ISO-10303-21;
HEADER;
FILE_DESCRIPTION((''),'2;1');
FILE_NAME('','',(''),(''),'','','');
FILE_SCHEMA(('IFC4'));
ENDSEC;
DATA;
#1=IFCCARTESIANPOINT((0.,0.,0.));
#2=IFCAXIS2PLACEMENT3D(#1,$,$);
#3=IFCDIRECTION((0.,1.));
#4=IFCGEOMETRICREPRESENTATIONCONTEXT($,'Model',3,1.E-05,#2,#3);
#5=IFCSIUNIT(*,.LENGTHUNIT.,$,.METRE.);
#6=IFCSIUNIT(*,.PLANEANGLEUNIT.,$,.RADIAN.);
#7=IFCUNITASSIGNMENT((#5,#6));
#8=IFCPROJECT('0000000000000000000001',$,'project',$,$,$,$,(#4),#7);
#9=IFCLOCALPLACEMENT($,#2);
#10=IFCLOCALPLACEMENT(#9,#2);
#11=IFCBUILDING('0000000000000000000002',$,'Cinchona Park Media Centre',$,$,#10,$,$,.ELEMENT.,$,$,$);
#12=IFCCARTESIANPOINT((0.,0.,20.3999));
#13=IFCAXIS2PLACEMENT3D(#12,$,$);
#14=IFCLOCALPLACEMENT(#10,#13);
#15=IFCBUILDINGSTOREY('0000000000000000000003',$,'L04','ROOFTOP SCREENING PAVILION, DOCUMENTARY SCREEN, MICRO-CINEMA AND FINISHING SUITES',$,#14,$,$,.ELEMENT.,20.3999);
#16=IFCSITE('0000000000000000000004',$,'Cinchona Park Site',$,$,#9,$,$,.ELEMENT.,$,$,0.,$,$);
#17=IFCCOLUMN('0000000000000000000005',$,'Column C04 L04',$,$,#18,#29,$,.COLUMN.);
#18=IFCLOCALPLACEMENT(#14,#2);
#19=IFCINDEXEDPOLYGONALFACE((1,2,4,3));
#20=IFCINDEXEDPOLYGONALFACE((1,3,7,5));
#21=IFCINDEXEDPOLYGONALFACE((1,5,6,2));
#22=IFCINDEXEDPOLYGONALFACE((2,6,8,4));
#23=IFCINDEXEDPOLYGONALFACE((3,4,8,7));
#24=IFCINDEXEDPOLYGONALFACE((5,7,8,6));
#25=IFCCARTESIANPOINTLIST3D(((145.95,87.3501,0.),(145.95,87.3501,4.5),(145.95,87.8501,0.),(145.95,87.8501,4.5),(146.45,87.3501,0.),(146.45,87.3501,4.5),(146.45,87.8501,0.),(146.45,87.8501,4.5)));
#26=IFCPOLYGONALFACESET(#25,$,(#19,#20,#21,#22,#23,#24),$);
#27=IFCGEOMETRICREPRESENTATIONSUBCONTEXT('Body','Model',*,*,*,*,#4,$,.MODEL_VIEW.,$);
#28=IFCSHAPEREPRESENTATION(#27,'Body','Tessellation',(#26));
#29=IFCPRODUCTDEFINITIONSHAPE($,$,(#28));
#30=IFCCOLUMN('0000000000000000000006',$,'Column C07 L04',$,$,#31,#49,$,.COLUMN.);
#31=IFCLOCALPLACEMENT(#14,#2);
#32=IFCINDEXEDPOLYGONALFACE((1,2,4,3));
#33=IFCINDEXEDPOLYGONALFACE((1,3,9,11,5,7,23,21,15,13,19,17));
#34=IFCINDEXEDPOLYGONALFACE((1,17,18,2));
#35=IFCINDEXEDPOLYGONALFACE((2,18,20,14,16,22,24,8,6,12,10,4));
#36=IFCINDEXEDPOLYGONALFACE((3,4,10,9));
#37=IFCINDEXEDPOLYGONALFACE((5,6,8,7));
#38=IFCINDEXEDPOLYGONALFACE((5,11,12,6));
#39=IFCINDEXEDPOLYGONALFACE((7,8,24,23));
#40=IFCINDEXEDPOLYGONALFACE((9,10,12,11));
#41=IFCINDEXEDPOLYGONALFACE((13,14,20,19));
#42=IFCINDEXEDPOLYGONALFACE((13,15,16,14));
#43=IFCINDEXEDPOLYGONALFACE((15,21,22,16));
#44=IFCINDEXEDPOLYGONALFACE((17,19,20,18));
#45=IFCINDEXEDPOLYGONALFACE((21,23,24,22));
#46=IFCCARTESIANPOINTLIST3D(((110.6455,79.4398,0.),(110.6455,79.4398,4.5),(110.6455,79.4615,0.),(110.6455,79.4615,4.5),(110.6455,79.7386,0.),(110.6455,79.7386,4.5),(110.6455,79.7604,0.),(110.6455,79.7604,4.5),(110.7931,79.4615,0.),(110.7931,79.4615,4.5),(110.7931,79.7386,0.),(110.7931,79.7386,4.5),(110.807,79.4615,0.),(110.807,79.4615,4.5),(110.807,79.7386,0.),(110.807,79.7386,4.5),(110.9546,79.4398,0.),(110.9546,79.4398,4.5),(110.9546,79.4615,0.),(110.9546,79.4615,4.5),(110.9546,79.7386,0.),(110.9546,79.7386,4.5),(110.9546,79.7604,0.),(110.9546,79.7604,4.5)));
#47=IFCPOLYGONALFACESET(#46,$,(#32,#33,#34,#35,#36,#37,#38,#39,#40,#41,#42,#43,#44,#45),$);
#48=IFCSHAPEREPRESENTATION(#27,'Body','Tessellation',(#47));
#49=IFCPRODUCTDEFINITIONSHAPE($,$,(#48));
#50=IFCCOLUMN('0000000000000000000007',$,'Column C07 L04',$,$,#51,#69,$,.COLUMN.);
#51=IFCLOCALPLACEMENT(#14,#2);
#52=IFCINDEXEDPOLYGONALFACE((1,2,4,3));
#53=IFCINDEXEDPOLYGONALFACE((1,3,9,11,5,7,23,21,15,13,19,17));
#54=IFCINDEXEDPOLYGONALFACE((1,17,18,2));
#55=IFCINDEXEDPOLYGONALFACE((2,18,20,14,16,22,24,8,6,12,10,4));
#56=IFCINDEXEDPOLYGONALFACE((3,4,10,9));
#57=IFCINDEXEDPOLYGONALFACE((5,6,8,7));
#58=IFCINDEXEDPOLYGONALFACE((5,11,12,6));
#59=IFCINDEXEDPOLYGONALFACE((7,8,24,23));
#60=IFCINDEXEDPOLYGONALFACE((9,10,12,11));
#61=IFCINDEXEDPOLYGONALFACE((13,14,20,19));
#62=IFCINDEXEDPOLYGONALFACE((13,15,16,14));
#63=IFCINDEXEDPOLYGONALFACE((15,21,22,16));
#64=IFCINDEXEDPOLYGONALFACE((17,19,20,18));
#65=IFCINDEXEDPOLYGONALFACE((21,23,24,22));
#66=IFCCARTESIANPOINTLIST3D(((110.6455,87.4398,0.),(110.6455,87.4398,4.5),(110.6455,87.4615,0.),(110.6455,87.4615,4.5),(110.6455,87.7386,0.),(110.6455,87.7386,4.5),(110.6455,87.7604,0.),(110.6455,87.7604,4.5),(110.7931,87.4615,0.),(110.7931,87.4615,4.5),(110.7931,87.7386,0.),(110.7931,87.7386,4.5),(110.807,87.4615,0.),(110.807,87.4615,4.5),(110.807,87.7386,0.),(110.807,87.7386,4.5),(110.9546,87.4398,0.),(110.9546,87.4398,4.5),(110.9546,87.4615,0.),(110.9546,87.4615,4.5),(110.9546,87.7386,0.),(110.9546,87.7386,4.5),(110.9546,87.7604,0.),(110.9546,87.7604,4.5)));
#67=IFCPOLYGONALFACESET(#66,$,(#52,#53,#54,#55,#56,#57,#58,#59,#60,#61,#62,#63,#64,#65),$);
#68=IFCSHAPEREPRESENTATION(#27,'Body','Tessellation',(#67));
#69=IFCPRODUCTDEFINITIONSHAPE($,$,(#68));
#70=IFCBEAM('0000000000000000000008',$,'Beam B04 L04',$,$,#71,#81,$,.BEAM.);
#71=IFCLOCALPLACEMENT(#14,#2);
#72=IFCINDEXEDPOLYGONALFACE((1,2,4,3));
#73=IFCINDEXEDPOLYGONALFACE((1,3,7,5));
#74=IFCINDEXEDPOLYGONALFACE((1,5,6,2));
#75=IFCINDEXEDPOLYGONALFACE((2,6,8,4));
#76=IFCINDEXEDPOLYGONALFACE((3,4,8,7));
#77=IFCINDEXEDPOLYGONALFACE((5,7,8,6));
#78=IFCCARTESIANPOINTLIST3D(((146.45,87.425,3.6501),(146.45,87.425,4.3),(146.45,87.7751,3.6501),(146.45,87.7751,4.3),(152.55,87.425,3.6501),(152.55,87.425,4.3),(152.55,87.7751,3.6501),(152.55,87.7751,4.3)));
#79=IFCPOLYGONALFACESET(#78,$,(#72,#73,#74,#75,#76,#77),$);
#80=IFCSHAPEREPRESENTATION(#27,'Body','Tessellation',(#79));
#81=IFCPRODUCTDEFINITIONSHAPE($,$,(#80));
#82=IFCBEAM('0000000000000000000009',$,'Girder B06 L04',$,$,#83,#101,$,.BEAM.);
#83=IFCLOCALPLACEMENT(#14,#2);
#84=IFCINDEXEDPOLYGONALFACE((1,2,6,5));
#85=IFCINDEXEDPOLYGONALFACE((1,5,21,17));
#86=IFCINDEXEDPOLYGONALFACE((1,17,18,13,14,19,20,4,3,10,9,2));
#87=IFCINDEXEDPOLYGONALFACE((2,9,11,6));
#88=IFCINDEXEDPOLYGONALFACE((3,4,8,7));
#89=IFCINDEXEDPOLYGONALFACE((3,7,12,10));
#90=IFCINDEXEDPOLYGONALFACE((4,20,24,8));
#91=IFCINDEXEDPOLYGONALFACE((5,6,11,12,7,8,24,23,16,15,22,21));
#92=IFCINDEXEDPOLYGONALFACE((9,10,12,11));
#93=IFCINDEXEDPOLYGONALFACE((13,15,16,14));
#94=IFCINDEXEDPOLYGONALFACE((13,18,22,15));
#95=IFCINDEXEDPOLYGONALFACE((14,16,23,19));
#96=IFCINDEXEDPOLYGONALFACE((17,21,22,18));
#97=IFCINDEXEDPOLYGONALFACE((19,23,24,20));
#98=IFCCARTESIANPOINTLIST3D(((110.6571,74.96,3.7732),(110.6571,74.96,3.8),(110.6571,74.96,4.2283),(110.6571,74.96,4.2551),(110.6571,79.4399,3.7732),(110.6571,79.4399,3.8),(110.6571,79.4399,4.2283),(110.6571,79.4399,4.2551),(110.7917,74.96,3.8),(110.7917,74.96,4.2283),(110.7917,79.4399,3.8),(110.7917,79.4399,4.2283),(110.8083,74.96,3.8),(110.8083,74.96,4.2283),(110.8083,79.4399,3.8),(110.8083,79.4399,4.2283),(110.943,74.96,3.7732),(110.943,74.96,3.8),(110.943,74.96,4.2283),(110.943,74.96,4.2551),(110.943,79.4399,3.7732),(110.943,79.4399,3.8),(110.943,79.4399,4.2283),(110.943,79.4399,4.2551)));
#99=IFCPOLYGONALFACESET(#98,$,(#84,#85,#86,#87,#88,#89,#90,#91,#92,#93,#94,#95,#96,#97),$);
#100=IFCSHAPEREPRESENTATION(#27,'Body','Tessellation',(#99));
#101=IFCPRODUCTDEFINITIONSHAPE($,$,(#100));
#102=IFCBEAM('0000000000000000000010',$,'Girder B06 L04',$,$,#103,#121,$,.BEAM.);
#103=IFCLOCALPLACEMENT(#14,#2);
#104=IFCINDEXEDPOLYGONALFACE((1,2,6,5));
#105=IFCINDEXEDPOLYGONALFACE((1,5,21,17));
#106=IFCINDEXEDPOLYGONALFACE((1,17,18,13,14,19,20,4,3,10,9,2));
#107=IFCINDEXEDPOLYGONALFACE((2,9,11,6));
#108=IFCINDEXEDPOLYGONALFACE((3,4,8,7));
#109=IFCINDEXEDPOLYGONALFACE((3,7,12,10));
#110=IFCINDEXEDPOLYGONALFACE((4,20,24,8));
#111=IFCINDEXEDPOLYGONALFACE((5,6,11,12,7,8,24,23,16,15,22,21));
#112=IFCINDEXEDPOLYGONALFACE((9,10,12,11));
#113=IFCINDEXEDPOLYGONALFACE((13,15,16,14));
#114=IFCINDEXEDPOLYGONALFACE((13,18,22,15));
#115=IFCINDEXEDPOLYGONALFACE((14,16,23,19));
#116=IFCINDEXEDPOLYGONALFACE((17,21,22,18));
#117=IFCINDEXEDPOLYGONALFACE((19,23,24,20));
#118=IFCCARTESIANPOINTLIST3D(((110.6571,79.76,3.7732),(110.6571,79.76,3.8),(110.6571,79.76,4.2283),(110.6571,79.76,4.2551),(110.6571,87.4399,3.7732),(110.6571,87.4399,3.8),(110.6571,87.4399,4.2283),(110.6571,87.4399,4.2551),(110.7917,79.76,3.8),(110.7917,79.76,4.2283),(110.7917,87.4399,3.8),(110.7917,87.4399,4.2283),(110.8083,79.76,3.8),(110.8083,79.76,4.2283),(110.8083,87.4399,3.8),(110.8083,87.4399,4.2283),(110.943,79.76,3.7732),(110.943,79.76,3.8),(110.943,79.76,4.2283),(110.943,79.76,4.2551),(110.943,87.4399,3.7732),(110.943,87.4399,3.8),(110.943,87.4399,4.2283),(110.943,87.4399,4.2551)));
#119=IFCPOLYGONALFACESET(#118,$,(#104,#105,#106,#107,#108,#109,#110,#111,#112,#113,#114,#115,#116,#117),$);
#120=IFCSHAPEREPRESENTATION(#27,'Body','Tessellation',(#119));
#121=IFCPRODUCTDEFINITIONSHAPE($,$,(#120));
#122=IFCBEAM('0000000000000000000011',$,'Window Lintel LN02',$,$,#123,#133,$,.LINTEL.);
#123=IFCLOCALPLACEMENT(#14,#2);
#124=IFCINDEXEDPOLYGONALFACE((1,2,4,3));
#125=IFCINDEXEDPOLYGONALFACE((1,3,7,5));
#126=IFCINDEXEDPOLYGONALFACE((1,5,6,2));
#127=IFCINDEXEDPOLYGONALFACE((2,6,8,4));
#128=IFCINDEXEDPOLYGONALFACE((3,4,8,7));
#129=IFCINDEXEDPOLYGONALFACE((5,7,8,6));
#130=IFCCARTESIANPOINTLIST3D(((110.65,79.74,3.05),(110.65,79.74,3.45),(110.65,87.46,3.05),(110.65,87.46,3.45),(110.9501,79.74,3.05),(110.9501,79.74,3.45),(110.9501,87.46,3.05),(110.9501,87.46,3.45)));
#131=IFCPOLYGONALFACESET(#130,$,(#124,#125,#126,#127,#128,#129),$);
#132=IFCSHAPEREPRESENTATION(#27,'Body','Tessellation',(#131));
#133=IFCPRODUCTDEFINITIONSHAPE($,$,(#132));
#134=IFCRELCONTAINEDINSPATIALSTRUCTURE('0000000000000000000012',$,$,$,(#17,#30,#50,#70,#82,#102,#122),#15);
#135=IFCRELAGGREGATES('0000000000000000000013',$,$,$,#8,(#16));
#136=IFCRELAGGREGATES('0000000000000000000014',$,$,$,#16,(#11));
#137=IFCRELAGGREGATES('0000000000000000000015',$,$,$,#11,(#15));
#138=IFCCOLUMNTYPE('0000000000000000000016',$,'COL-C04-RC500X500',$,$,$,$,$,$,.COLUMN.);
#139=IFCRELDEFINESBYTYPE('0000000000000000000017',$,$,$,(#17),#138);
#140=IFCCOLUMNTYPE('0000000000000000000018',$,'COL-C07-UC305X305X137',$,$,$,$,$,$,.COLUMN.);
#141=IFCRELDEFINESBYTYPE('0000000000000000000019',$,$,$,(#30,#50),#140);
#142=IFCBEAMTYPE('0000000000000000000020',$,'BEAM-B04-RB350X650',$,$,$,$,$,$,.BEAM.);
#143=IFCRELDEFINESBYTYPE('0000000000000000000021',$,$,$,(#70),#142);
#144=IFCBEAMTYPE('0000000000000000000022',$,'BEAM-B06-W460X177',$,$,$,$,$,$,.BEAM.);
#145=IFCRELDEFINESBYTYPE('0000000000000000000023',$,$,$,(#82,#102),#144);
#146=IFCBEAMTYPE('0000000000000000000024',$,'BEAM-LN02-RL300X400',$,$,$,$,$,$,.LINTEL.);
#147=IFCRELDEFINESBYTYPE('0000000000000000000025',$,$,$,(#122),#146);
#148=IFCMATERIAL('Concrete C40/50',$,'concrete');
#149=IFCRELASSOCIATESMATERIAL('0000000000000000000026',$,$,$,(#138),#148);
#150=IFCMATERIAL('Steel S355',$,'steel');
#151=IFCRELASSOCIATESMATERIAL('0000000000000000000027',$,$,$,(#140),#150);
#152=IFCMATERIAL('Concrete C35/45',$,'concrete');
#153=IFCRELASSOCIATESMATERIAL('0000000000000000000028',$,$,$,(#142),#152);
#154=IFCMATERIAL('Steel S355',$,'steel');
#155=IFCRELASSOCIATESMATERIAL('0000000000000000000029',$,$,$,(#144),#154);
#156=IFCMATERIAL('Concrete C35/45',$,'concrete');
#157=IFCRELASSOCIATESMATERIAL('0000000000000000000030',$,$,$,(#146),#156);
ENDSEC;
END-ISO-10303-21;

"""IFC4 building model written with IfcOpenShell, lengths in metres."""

from ifc_helpers import new_model, si_unit, direction, frame, origin, origin_2d, place, context, subcontext, project, spatial, rectangle, i_section, extrude, material, material_profile, profile_set, type_object, element, save


model = new_model("IFC4")

# Units and contexts
model_context = context("Model", 3, precision=1e-05, world=origin(), true_north=direction((0.0, 1.0)))
body_context = subcontext(model_context, "Body", "Model", "MODEL_VIEW")
ifc_project = project(units=[si_unit("LENGTHUNIT", "METRE"), si_unit("PLANEANGLEUNIT", "RADIAN")], contexts=[model_context])

# Site, building, storey
site_placement = place(None, origin())
site = spatial("IfcSite", under=ifc_project, at=site_placement, Name="Cinchona Park Site", CompositionType="ELEMENT", RefElevation=0.0)
building_placement = place(site_placement, origin())
building = spatial("IfcBuilding", under=site, at=building_placement, Name="Cinchona Park Media Centre", CompositionType="ELEMENT")
storey_placement = place(building_placement, frame((0.0, 0.0, 20.3999)))
storey = spatial("IfcBuildingStorey", under=building, at=storey_placement, Name="L04", Description="ROOFTOP SCREENING PAVILION, DOCUMENTARY SCREEN, MICRO-CINEMA AND FINISHING SUITES", CompositionType="ELEMENT", Elevation=20.3999)

# Columns
ifc_material_1 = material(Name="Concrete C40/50", Category="concrete")
ifc_material_profile_1 = material_profile(ifc_material_1, rectangle(XDim=0.5, YDim=0.5, at=origin_2d()), Name="RC 500X500")
ifc_profile_set_1 = profile_set([ifc_material_profile_1], Name="Concrete C40/50")
column_type_1 = type_object("IfcColumnType", Name="COL-C04-RC500X500", PredefinedType="COLUMN", material=ifc_profile_set_1)
column_placement = place(storey_placement, frame((146.2, 87.6001, 0.0), z_axis=(0.0, 0.0, 1.0), x_axis=(1.0, 0.0, 0.0)))
element("IfcColumn", 1, at=column_placement, inside=storey, type_object=column_type_1, Name="Column C04 L04", PredefinedType="COLUMN", context=body_context, shape_type="SweptSolid", body=[
    extrude(rectangle(XDim=0.5, YDim=0.5, at=origin_2d()), origin(), (0.0, 0.0, 1.0), 4.5),
])
ifc_material_2 = material(Name="Steel S355", Category="steel")
ifc_material_profile_2 = material_profile(ifc_material_2, i_section(OverallWidth=0.3091, OverallDepth=0.3206, WebThickness=0.0139, FlangeThickness=0.0217, at=origin_2d()), Name="UC305X305X137")
ifc_profile_set_2 = profile_set([ifc_material_profile_2], Name="Steel S355")
column_type_2 = type_object("IfcColumnType", Name="COL-C07-UC305X305X137", PredefinedType="COLUMN", material=ifc_profile_set_2)
for number, where, z_axis, x_axis, name in (
    (2, (110.8, 79.6001, 0.0), (0.0, 0.0, 1.0), (1.0, 0.0, 0.0), "Column C07 L04"),
    (3, (110.8, 87.6001, 0.0), (0.0, 0.0, 1.0), (1.0, 0.0, 0.0), "Column C07 L04"),
):
    element("IfcColumn", number, at=place(storey_placement, frame(where, z_axis=z_axis, x_axis=x_axis)), inside=storey, type_object=column_type_2, Name=name, PredefinedType="COLUMN", context=body_context, shape_type="SweptSolid", body=[
        extrude(i_section(OverallWidth=0.3091, OverallDepth=0.3206, WebThickness=0.0139, FlangeThickness=0.0217, at=origin_2d()), origin(), (0.0, 0.0, 1.0), 4.5),
    ])

# Beams
ifc_material_3 = material(Name="Concrete C35/45", Category="concrete")
ifc_material_profile_3 = material_profile(ifc_material_3, rectangle(XDim=0.3501, YDim=0.6499, at=origin_2d()), Name="RB 350X650")
ifc_profile_set_3 = profile_set([ifc_material_profile_3], Name="Concrete C35/45")
beam_type_1 = type_object("IfcBeamType", Name="BEAM-B04-RB350X650", PredefinedType="BEAM", material=ifc_profile_set_3)
beam_1_placement = place(storey_placement, frame((146.45, 87.6001, 3.9751), z_axis=(1.0, 0.0, 0.0), x_axis=(0.0, 1.0, 0.0)))
element("IfcBeam", 4, at=beam_1_placement, inside=storey, type_object=beam_type_1, Name="Beam B04 L04", PredefinedType="BEAM", context=body_context, shape_type="SweptSolid", body=[
    extrude(rectangle(XDim=0.3501, YDim=0.6499, at=origin_2d()), origin(), (0.0, 0.0, 1.0), 6.1001),
])
ifc_material_4 = material(Name="Steel S355", Category="steel")
ifc_material_profile_4 = material_profile(ifc_material_4, i_section(OverallWidth=0.2859, OverallDepth=0.4819, WebThickness=0.0166, FlangeThickness=0.0269, at=origin_2d()), Name="W460X177")
ifc_profile_set_4 = profile_set([ifc_material_profile_4], Name="Steel S355")
beam_type_2 = type_object("IfcBeamType", Name="BEAM-B06-W460X177", PredefinedType="BEAM", material=ifc_profile_set_4)
beam_2_placement = place(storey_placement, frame((110.8, 74.96, 4.0142), z_axis=(0.0, 1.0, 0.0), x_axis=(-1.0, 0.0, 0.0)))
element("IfcBeam", 5, at=beam_2_placement, inside=storey, type_object=beam_type_2, Name="Girder B06 L04", PredefinedType="BEAM", context=body_context, shape_type="SweptSolid", body=[
    extrude(i_section(OverallWidth=0.2859, OverallDepth=0.4819, WebThickness=0.0166, FlangeThickness=0.0269, at=origin_2d()), origin(), (0.0, 0.0, 1.0), 4.48),
])
beam_3_placement = place(storey_placement, frame((110.8, 79.76, 4.0142), z_axis=(0.0, 1.0, 0.0), x_axis=(-1.0, 0.0, 0.0)))
element("IfcBeam", 6, at=beam_3_placement, inside=storey, type_object=beam_type_2, Name="Girder B06 L04", PredefinedType="BEAM", context=body_context, shape_type="SweptSolid", body=[
    extrude(i_section(OverallWidth=0.2859, OverallDepth=0.4819, WebThickness=0.0166, FlangeThickness=0.0269, at=origin_2d()), origin(), (0.0, 0.0, 1.0), 7.6799),
])
ifc_material_5 = material(Name="Concrete C35/45", Category="concrete")
ifc_material_profile_5 = material_profile(ifc_material_5, rectangle(XDim=0.3, YDim=0.3999, at=origin_2d()), Name="RL 300X400")
ifc_profile_set_5 = profile_set([ifc_material_profile_5], Name="Concrete C35/45")
beam_type_3 = type_object("IfcBeamType", Name="BEAM-LN02-RL300X400", PredefinedType="LINTEL", material=ifc_profile_set_5)
beam_4_placement = place(storey_placement, frame((110.8, 87.46, 3.25), z_axis=(0.0, -1.0, 0.0), x_axis=(1.0, 0.0, 0.0)))
element("IfcBeam", 7, at=beam_4_placement, inside=storey, type_object=beam_type_3, Name="Window Lintel LN02", PredefinedType="LINTEL", context=body_context, shape_type="SweptSolid", body=[
    extrude(rectangle(XDim=0.3, YDim=0.3999, at=origin_2d()), origin(), (0.0, 0.0, 1.0), 7.72),
])

save(model, "model.ifc")
